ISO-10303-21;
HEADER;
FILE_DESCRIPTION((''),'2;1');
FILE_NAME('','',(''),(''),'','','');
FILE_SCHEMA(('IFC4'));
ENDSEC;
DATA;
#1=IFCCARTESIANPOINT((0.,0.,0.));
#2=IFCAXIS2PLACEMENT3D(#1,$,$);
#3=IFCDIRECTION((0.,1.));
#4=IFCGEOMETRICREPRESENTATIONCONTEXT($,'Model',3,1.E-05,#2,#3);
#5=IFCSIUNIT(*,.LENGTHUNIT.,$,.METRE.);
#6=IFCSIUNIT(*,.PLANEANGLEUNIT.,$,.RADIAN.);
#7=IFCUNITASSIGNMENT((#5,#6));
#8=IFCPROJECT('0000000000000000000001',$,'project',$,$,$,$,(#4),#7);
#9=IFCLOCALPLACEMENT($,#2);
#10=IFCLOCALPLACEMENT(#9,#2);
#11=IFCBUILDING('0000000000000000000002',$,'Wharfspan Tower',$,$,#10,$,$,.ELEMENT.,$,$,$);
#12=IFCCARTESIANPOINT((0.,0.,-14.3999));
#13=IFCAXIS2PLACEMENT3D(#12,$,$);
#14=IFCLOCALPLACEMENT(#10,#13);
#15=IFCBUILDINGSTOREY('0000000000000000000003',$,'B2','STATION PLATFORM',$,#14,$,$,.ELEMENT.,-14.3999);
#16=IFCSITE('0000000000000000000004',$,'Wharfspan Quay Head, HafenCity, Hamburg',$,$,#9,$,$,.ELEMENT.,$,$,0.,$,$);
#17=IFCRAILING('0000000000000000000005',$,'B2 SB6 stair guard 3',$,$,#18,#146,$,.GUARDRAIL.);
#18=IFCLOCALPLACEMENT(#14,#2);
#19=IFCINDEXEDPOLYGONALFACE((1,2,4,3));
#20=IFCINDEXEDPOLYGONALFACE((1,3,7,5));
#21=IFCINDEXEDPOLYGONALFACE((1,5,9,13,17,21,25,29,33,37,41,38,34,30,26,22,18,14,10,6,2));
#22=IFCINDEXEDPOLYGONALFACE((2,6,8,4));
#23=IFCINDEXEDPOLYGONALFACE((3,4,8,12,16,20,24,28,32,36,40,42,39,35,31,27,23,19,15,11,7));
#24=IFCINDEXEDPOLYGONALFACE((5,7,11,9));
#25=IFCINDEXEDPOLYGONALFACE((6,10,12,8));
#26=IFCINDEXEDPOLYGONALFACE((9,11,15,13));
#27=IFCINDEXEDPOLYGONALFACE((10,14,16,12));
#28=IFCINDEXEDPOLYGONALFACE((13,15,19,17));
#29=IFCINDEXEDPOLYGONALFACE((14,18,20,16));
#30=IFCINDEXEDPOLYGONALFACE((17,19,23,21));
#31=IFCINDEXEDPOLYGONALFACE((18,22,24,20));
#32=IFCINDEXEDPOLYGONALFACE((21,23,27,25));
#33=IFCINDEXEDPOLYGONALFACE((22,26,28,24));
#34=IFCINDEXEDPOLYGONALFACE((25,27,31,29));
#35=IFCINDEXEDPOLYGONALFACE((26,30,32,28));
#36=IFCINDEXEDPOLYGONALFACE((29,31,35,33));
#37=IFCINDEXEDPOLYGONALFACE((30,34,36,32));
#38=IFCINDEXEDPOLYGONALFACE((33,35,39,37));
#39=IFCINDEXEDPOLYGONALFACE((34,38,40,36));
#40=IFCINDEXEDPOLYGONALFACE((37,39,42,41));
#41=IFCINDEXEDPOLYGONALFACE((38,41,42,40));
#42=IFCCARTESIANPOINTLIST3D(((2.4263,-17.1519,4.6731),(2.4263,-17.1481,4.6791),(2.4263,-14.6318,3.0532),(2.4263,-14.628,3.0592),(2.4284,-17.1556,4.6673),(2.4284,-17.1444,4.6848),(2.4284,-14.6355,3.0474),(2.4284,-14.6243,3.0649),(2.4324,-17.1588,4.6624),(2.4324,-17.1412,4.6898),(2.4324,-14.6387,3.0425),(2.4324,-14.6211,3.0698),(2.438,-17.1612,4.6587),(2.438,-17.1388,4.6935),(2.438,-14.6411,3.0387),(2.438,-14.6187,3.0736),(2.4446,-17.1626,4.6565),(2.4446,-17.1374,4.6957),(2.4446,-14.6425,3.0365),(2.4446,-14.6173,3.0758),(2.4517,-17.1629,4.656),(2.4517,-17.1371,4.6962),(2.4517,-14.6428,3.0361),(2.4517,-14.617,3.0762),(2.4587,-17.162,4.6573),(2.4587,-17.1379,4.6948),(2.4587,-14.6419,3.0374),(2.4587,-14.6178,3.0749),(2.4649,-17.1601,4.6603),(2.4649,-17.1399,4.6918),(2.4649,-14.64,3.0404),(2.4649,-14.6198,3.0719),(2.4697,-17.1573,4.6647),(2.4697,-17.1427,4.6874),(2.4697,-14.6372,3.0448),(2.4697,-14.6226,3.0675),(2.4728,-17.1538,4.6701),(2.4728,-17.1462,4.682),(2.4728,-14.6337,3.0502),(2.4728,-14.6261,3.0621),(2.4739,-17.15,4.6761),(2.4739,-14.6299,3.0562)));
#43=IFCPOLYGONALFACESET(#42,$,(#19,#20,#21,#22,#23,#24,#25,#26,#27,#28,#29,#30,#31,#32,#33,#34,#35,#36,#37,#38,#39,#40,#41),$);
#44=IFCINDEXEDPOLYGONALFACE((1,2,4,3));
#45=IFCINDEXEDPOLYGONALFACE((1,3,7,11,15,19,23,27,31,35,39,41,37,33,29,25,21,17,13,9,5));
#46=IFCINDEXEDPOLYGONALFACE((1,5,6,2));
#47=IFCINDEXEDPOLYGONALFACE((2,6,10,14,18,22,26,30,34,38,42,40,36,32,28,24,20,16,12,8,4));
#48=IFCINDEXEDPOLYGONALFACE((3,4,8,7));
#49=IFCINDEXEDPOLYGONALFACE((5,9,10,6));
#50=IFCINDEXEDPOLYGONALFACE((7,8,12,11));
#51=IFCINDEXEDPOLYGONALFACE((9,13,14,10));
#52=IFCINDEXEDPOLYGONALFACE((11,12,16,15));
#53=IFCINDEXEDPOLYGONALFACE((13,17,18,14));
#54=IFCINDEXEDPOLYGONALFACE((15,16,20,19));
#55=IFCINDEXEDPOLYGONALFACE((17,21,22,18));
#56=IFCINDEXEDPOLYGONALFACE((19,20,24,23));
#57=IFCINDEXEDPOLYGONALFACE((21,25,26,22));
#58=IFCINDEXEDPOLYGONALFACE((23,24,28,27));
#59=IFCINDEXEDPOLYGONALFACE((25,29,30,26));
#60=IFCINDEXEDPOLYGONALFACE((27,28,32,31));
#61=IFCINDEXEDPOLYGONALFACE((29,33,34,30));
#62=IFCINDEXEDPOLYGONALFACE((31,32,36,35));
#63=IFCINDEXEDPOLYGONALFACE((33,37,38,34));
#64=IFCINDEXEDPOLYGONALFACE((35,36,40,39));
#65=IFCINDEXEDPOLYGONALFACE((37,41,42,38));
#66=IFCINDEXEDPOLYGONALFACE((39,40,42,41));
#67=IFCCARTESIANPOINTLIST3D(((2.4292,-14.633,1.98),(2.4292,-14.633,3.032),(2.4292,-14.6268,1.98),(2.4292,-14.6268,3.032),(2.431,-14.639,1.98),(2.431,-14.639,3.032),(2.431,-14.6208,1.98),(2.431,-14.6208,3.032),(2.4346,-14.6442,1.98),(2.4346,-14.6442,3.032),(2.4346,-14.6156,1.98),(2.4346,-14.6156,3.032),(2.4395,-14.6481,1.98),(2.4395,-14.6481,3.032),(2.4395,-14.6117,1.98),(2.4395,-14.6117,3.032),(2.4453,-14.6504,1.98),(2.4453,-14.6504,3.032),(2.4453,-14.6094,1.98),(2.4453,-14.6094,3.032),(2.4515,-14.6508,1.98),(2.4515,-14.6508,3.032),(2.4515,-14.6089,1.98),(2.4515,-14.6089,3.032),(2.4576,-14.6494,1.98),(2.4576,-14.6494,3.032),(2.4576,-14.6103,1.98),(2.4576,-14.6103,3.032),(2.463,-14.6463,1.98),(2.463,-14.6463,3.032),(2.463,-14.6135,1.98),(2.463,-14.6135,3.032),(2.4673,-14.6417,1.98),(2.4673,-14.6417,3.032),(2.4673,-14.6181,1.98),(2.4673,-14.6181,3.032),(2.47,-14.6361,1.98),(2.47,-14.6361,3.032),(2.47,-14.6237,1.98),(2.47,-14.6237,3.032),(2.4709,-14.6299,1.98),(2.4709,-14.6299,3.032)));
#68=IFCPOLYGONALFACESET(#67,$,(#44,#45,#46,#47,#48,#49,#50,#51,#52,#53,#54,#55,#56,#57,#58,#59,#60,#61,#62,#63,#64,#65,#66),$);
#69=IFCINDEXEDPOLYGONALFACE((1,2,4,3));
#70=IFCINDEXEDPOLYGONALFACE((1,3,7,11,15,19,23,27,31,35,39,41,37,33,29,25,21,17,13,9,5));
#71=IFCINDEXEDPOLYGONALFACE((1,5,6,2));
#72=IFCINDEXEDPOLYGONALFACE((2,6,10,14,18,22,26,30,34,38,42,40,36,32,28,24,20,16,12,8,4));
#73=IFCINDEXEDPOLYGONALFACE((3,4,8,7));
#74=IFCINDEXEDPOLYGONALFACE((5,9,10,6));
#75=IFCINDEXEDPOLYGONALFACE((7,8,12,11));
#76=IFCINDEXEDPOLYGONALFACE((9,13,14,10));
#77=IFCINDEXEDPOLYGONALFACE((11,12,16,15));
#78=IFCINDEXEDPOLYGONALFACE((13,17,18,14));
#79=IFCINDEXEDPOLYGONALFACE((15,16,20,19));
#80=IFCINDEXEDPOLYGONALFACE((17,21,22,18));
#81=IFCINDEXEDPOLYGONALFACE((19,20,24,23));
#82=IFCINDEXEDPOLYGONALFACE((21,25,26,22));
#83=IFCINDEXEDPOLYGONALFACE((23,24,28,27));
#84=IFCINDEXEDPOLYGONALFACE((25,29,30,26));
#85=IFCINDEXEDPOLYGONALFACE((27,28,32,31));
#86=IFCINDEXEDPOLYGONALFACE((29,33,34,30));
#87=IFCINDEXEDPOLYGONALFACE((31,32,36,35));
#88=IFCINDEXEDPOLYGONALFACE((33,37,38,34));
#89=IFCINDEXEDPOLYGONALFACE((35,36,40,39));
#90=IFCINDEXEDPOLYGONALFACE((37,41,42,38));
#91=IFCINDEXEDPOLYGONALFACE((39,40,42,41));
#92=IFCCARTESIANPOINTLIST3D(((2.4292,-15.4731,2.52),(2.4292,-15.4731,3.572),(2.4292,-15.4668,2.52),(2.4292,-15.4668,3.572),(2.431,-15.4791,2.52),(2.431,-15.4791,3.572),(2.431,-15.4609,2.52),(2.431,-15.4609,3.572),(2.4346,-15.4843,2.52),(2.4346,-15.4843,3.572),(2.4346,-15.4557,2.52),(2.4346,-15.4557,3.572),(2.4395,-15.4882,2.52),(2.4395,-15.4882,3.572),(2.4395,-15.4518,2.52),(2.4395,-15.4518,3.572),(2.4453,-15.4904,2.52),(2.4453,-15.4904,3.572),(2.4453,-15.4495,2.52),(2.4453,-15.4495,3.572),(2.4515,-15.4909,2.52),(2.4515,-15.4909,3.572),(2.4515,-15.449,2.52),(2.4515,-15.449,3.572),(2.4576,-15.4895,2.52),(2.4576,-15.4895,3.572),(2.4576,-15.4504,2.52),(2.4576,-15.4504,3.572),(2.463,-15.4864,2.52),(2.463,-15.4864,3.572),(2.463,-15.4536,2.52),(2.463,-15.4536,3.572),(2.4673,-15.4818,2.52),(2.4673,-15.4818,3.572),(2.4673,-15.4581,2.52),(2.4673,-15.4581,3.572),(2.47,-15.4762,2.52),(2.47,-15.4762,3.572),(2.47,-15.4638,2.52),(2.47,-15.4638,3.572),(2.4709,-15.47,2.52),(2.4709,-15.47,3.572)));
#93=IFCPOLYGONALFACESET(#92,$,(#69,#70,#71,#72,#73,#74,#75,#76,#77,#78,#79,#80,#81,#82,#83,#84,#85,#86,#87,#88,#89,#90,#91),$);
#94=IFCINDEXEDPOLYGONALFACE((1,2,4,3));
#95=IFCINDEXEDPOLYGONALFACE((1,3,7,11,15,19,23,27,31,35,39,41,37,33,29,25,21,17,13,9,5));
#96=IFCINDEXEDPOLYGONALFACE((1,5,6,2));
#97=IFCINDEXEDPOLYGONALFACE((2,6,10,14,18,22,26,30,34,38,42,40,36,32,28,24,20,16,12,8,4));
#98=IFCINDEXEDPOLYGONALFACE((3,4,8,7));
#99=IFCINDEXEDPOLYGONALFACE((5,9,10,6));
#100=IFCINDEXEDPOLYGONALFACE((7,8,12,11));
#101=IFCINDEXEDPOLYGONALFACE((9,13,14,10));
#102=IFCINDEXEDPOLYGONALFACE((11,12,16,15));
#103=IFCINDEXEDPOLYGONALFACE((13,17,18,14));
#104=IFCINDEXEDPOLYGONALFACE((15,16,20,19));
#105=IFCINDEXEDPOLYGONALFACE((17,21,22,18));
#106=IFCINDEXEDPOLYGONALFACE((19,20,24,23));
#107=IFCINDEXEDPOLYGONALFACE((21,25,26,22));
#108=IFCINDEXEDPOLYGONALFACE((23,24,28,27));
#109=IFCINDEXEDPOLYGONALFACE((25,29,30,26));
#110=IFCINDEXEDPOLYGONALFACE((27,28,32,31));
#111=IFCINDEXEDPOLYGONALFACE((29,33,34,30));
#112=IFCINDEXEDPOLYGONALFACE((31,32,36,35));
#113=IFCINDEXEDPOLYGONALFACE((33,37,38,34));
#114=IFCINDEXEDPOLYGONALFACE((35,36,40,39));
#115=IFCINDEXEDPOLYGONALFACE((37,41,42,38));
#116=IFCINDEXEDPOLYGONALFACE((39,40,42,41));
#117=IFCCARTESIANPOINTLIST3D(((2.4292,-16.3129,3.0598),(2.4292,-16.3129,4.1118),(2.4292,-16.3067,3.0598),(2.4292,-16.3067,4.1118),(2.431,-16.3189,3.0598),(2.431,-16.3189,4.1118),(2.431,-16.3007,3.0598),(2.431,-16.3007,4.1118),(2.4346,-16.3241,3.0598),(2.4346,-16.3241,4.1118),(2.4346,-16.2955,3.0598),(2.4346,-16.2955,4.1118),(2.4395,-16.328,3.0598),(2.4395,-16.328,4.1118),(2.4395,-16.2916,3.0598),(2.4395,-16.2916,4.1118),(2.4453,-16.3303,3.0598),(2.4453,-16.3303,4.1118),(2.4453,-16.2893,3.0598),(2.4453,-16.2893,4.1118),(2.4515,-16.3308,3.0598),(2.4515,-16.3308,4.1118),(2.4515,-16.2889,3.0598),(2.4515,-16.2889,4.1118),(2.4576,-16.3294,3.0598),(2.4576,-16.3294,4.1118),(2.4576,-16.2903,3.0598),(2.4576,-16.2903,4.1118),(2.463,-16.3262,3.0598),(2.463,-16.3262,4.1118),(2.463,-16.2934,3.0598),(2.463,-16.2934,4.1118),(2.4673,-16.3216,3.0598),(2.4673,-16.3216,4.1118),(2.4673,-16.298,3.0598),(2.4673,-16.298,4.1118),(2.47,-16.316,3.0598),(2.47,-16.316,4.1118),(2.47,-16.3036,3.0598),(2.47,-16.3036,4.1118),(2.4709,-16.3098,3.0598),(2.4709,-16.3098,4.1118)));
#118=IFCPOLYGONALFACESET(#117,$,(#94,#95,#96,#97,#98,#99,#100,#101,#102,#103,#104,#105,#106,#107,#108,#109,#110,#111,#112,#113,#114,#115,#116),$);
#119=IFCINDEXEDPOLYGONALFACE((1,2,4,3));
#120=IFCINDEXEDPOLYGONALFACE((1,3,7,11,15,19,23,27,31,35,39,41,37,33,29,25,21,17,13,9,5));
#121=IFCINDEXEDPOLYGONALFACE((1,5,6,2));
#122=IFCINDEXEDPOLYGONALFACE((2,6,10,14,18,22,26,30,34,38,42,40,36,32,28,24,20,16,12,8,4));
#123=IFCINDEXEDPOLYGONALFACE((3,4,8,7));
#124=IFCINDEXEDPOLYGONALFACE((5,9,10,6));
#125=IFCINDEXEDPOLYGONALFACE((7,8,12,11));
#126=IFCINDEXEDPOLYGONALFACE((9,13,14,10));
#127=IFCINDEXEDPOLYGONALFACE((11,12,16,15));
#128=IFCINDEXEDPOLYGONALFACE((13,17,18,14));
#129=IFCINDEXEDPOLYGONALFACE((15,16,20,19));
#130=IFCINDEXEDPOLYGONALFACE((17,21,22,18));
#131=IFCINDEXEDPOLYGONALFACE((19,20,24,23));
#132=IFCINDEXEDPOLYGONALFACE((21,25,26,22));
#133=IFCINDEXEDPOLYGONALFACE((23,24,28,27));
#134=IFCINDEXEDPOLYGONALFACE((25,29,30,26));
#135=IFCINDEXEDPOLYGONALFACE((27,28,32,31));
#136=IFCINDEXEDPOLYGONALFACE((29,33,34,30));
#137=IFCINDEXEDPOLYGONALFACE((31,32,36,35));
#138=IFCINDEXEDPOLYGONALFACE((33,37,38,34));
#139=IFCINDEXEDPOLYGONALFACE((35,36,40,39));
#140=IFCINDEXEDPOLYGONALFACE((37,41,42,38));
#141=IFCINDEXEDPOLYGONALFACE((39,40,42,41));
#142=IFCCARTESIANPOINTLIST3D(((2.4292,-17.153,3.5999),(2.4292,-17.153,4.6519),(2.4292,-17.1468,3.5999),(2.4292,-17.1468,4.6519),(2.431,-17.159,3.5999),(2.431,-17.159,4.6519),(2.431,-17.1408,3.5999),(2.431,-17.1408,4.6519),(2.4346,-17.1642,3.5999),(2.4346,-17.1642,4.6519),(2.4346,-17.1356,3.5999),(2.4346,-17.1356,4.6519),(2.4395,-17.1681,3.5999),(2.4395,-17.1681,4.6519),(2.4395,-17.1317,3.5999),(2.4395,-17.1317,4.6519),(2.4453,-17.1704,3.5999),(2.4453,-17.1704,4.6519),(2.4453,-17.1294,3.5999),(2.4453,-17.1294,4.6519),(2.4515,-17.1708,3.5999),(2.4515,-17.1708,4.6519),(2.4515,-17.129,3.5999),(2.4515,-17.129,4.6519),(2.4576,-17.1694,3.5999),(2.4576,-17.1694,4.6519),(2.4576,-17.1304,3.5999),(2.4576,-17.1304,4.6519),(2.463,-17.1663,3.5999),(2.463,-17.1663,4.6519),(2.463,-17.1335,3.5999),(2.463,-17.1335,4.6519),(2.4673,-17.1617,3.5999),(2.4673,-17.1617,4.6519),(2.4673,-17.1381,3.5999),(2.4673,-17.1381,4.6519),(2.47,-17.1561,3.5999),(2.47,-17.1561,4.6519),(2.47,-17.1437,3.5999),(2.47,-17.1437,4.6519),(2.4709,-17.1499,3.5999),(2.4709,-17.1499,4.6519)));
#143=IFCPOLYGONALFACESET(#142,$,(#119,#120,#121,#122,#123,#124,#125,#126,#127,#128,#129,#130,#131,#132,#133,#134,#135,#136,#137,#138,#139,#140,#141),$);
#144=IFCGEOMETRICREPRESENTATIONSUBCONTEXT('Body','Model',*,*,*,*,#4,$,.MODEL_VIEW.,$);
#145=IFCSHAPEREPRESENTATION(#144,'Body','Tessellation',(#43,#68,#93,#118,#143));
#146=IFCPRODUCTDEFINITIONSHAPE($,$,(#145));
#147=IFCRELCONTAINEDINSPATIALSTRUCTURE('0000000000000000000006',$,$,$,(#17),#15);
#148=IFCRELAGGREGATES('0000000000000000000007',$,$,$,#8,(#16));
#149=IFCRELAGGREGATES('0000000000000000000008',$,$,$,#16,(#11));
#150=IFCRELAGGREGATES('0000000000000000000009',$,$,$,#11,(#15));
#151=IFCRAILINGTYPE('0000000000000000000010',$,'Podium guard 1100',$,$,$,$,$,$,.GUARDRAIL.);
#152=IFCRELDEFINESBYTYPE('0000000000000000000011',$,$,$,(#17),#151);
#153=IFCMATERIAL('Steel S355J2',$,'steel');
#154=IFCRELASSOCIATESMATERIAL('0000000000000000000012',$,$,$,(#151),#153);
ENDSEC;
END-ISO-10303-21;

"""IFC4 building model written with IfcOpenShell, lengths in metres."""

from ifc_helpers import new_model, si_unit, direction, frame, origin, origin_2d, place, context, subcontext, project, spatial, circle, extrude, material, type_object, element, save


model = new_model("IFC4")

# Units and contexts
model_context = context("Model", 3, precision=1e-05, world=origin(), true_north=direction((0.0, 1.0)))
body_context = subcontext(model_context, "Body", "Model", "MODEL_VIEW")
ifc_project = project(units=[si_unit("LENGTHUNIT", "METRE"), si_unit("PLANEANGLEUNIT", "RADIAN")], contexts=[model_context])

# Site, building, storey
site_placement = place(None, origin())
site = spatial("IfcSite", under=ifc_project, at=site_placement, Name="Wharfspan Quay Head, HafenCity, Hamburg", CompositionType="ELEMENT", RefElevation=0.0)
building_placement = place(site_placement, origin())
building = spatial("IfcBuilding", under=site, at=building_placement, Name="Wharfspan Tower", CompositionType="ELEMENT")
storey_placement = place(building_placement, frame((0.0, 0.0, -14.3999)))
storey = spatial("IfcBuildingStorey", under=building, at=storey_placement, Name="B2", Description="STATION PLATFORM", CompositionType="ELEMENT", Elevation=-14.3999)

# Railing
ifc_material_1 = material(Name="Steel S355J2", Category="steel")
railing_type_1 = type_object("IfcRailingType", Name="Podium guard 1100", PredefinedType="GUARDRAIL", material=ifc_material_1)
railing_1_placement = place(storey_placement, frame((2.45, -14.6299, 1.98)))
element("IfcRailing", 1, at=railing_1_placement, inside=storey, type_object=railing_type_1, Name="B2 SB6 stair guard 3", PredefinedType="GUARDRAIL", context=body_context, shape_type="SweptSolid", body=[
    extrude(circle(Radius=0.0239, at=origin_2d()), frame((0.0, 0.0, 1.0762), z_axis=(0.0, -0.8412, 0.540725), x_axis=(1.0, 0.0, 0.0)), (0.0, 0.0, 1.0), 2.9958),
    extrude(circle(Radius=0.021, at=origin_2d()), origin(), (0.0, 0.0, 1.0), 1.052),
    extrude(circle(Radius=0.021, at=origin_2d()), frame((0.0, -0.8401, 0.54)), (0.0, 0.0, 1.0), 1.052),
    extrude(circle(Radius=0.021, at=origin_2d()), frame((0.0, -1.6799, 1.0798)), (0.0, 0.0, 1.0), 1.052),
    extrude(circle(Radius=0.021, at=origin_2d()), frame((0.0, -2.52, 1.6199)), (0.0, 0.0, 1.0), 1.052),
])

save(model, "model.ifc")
